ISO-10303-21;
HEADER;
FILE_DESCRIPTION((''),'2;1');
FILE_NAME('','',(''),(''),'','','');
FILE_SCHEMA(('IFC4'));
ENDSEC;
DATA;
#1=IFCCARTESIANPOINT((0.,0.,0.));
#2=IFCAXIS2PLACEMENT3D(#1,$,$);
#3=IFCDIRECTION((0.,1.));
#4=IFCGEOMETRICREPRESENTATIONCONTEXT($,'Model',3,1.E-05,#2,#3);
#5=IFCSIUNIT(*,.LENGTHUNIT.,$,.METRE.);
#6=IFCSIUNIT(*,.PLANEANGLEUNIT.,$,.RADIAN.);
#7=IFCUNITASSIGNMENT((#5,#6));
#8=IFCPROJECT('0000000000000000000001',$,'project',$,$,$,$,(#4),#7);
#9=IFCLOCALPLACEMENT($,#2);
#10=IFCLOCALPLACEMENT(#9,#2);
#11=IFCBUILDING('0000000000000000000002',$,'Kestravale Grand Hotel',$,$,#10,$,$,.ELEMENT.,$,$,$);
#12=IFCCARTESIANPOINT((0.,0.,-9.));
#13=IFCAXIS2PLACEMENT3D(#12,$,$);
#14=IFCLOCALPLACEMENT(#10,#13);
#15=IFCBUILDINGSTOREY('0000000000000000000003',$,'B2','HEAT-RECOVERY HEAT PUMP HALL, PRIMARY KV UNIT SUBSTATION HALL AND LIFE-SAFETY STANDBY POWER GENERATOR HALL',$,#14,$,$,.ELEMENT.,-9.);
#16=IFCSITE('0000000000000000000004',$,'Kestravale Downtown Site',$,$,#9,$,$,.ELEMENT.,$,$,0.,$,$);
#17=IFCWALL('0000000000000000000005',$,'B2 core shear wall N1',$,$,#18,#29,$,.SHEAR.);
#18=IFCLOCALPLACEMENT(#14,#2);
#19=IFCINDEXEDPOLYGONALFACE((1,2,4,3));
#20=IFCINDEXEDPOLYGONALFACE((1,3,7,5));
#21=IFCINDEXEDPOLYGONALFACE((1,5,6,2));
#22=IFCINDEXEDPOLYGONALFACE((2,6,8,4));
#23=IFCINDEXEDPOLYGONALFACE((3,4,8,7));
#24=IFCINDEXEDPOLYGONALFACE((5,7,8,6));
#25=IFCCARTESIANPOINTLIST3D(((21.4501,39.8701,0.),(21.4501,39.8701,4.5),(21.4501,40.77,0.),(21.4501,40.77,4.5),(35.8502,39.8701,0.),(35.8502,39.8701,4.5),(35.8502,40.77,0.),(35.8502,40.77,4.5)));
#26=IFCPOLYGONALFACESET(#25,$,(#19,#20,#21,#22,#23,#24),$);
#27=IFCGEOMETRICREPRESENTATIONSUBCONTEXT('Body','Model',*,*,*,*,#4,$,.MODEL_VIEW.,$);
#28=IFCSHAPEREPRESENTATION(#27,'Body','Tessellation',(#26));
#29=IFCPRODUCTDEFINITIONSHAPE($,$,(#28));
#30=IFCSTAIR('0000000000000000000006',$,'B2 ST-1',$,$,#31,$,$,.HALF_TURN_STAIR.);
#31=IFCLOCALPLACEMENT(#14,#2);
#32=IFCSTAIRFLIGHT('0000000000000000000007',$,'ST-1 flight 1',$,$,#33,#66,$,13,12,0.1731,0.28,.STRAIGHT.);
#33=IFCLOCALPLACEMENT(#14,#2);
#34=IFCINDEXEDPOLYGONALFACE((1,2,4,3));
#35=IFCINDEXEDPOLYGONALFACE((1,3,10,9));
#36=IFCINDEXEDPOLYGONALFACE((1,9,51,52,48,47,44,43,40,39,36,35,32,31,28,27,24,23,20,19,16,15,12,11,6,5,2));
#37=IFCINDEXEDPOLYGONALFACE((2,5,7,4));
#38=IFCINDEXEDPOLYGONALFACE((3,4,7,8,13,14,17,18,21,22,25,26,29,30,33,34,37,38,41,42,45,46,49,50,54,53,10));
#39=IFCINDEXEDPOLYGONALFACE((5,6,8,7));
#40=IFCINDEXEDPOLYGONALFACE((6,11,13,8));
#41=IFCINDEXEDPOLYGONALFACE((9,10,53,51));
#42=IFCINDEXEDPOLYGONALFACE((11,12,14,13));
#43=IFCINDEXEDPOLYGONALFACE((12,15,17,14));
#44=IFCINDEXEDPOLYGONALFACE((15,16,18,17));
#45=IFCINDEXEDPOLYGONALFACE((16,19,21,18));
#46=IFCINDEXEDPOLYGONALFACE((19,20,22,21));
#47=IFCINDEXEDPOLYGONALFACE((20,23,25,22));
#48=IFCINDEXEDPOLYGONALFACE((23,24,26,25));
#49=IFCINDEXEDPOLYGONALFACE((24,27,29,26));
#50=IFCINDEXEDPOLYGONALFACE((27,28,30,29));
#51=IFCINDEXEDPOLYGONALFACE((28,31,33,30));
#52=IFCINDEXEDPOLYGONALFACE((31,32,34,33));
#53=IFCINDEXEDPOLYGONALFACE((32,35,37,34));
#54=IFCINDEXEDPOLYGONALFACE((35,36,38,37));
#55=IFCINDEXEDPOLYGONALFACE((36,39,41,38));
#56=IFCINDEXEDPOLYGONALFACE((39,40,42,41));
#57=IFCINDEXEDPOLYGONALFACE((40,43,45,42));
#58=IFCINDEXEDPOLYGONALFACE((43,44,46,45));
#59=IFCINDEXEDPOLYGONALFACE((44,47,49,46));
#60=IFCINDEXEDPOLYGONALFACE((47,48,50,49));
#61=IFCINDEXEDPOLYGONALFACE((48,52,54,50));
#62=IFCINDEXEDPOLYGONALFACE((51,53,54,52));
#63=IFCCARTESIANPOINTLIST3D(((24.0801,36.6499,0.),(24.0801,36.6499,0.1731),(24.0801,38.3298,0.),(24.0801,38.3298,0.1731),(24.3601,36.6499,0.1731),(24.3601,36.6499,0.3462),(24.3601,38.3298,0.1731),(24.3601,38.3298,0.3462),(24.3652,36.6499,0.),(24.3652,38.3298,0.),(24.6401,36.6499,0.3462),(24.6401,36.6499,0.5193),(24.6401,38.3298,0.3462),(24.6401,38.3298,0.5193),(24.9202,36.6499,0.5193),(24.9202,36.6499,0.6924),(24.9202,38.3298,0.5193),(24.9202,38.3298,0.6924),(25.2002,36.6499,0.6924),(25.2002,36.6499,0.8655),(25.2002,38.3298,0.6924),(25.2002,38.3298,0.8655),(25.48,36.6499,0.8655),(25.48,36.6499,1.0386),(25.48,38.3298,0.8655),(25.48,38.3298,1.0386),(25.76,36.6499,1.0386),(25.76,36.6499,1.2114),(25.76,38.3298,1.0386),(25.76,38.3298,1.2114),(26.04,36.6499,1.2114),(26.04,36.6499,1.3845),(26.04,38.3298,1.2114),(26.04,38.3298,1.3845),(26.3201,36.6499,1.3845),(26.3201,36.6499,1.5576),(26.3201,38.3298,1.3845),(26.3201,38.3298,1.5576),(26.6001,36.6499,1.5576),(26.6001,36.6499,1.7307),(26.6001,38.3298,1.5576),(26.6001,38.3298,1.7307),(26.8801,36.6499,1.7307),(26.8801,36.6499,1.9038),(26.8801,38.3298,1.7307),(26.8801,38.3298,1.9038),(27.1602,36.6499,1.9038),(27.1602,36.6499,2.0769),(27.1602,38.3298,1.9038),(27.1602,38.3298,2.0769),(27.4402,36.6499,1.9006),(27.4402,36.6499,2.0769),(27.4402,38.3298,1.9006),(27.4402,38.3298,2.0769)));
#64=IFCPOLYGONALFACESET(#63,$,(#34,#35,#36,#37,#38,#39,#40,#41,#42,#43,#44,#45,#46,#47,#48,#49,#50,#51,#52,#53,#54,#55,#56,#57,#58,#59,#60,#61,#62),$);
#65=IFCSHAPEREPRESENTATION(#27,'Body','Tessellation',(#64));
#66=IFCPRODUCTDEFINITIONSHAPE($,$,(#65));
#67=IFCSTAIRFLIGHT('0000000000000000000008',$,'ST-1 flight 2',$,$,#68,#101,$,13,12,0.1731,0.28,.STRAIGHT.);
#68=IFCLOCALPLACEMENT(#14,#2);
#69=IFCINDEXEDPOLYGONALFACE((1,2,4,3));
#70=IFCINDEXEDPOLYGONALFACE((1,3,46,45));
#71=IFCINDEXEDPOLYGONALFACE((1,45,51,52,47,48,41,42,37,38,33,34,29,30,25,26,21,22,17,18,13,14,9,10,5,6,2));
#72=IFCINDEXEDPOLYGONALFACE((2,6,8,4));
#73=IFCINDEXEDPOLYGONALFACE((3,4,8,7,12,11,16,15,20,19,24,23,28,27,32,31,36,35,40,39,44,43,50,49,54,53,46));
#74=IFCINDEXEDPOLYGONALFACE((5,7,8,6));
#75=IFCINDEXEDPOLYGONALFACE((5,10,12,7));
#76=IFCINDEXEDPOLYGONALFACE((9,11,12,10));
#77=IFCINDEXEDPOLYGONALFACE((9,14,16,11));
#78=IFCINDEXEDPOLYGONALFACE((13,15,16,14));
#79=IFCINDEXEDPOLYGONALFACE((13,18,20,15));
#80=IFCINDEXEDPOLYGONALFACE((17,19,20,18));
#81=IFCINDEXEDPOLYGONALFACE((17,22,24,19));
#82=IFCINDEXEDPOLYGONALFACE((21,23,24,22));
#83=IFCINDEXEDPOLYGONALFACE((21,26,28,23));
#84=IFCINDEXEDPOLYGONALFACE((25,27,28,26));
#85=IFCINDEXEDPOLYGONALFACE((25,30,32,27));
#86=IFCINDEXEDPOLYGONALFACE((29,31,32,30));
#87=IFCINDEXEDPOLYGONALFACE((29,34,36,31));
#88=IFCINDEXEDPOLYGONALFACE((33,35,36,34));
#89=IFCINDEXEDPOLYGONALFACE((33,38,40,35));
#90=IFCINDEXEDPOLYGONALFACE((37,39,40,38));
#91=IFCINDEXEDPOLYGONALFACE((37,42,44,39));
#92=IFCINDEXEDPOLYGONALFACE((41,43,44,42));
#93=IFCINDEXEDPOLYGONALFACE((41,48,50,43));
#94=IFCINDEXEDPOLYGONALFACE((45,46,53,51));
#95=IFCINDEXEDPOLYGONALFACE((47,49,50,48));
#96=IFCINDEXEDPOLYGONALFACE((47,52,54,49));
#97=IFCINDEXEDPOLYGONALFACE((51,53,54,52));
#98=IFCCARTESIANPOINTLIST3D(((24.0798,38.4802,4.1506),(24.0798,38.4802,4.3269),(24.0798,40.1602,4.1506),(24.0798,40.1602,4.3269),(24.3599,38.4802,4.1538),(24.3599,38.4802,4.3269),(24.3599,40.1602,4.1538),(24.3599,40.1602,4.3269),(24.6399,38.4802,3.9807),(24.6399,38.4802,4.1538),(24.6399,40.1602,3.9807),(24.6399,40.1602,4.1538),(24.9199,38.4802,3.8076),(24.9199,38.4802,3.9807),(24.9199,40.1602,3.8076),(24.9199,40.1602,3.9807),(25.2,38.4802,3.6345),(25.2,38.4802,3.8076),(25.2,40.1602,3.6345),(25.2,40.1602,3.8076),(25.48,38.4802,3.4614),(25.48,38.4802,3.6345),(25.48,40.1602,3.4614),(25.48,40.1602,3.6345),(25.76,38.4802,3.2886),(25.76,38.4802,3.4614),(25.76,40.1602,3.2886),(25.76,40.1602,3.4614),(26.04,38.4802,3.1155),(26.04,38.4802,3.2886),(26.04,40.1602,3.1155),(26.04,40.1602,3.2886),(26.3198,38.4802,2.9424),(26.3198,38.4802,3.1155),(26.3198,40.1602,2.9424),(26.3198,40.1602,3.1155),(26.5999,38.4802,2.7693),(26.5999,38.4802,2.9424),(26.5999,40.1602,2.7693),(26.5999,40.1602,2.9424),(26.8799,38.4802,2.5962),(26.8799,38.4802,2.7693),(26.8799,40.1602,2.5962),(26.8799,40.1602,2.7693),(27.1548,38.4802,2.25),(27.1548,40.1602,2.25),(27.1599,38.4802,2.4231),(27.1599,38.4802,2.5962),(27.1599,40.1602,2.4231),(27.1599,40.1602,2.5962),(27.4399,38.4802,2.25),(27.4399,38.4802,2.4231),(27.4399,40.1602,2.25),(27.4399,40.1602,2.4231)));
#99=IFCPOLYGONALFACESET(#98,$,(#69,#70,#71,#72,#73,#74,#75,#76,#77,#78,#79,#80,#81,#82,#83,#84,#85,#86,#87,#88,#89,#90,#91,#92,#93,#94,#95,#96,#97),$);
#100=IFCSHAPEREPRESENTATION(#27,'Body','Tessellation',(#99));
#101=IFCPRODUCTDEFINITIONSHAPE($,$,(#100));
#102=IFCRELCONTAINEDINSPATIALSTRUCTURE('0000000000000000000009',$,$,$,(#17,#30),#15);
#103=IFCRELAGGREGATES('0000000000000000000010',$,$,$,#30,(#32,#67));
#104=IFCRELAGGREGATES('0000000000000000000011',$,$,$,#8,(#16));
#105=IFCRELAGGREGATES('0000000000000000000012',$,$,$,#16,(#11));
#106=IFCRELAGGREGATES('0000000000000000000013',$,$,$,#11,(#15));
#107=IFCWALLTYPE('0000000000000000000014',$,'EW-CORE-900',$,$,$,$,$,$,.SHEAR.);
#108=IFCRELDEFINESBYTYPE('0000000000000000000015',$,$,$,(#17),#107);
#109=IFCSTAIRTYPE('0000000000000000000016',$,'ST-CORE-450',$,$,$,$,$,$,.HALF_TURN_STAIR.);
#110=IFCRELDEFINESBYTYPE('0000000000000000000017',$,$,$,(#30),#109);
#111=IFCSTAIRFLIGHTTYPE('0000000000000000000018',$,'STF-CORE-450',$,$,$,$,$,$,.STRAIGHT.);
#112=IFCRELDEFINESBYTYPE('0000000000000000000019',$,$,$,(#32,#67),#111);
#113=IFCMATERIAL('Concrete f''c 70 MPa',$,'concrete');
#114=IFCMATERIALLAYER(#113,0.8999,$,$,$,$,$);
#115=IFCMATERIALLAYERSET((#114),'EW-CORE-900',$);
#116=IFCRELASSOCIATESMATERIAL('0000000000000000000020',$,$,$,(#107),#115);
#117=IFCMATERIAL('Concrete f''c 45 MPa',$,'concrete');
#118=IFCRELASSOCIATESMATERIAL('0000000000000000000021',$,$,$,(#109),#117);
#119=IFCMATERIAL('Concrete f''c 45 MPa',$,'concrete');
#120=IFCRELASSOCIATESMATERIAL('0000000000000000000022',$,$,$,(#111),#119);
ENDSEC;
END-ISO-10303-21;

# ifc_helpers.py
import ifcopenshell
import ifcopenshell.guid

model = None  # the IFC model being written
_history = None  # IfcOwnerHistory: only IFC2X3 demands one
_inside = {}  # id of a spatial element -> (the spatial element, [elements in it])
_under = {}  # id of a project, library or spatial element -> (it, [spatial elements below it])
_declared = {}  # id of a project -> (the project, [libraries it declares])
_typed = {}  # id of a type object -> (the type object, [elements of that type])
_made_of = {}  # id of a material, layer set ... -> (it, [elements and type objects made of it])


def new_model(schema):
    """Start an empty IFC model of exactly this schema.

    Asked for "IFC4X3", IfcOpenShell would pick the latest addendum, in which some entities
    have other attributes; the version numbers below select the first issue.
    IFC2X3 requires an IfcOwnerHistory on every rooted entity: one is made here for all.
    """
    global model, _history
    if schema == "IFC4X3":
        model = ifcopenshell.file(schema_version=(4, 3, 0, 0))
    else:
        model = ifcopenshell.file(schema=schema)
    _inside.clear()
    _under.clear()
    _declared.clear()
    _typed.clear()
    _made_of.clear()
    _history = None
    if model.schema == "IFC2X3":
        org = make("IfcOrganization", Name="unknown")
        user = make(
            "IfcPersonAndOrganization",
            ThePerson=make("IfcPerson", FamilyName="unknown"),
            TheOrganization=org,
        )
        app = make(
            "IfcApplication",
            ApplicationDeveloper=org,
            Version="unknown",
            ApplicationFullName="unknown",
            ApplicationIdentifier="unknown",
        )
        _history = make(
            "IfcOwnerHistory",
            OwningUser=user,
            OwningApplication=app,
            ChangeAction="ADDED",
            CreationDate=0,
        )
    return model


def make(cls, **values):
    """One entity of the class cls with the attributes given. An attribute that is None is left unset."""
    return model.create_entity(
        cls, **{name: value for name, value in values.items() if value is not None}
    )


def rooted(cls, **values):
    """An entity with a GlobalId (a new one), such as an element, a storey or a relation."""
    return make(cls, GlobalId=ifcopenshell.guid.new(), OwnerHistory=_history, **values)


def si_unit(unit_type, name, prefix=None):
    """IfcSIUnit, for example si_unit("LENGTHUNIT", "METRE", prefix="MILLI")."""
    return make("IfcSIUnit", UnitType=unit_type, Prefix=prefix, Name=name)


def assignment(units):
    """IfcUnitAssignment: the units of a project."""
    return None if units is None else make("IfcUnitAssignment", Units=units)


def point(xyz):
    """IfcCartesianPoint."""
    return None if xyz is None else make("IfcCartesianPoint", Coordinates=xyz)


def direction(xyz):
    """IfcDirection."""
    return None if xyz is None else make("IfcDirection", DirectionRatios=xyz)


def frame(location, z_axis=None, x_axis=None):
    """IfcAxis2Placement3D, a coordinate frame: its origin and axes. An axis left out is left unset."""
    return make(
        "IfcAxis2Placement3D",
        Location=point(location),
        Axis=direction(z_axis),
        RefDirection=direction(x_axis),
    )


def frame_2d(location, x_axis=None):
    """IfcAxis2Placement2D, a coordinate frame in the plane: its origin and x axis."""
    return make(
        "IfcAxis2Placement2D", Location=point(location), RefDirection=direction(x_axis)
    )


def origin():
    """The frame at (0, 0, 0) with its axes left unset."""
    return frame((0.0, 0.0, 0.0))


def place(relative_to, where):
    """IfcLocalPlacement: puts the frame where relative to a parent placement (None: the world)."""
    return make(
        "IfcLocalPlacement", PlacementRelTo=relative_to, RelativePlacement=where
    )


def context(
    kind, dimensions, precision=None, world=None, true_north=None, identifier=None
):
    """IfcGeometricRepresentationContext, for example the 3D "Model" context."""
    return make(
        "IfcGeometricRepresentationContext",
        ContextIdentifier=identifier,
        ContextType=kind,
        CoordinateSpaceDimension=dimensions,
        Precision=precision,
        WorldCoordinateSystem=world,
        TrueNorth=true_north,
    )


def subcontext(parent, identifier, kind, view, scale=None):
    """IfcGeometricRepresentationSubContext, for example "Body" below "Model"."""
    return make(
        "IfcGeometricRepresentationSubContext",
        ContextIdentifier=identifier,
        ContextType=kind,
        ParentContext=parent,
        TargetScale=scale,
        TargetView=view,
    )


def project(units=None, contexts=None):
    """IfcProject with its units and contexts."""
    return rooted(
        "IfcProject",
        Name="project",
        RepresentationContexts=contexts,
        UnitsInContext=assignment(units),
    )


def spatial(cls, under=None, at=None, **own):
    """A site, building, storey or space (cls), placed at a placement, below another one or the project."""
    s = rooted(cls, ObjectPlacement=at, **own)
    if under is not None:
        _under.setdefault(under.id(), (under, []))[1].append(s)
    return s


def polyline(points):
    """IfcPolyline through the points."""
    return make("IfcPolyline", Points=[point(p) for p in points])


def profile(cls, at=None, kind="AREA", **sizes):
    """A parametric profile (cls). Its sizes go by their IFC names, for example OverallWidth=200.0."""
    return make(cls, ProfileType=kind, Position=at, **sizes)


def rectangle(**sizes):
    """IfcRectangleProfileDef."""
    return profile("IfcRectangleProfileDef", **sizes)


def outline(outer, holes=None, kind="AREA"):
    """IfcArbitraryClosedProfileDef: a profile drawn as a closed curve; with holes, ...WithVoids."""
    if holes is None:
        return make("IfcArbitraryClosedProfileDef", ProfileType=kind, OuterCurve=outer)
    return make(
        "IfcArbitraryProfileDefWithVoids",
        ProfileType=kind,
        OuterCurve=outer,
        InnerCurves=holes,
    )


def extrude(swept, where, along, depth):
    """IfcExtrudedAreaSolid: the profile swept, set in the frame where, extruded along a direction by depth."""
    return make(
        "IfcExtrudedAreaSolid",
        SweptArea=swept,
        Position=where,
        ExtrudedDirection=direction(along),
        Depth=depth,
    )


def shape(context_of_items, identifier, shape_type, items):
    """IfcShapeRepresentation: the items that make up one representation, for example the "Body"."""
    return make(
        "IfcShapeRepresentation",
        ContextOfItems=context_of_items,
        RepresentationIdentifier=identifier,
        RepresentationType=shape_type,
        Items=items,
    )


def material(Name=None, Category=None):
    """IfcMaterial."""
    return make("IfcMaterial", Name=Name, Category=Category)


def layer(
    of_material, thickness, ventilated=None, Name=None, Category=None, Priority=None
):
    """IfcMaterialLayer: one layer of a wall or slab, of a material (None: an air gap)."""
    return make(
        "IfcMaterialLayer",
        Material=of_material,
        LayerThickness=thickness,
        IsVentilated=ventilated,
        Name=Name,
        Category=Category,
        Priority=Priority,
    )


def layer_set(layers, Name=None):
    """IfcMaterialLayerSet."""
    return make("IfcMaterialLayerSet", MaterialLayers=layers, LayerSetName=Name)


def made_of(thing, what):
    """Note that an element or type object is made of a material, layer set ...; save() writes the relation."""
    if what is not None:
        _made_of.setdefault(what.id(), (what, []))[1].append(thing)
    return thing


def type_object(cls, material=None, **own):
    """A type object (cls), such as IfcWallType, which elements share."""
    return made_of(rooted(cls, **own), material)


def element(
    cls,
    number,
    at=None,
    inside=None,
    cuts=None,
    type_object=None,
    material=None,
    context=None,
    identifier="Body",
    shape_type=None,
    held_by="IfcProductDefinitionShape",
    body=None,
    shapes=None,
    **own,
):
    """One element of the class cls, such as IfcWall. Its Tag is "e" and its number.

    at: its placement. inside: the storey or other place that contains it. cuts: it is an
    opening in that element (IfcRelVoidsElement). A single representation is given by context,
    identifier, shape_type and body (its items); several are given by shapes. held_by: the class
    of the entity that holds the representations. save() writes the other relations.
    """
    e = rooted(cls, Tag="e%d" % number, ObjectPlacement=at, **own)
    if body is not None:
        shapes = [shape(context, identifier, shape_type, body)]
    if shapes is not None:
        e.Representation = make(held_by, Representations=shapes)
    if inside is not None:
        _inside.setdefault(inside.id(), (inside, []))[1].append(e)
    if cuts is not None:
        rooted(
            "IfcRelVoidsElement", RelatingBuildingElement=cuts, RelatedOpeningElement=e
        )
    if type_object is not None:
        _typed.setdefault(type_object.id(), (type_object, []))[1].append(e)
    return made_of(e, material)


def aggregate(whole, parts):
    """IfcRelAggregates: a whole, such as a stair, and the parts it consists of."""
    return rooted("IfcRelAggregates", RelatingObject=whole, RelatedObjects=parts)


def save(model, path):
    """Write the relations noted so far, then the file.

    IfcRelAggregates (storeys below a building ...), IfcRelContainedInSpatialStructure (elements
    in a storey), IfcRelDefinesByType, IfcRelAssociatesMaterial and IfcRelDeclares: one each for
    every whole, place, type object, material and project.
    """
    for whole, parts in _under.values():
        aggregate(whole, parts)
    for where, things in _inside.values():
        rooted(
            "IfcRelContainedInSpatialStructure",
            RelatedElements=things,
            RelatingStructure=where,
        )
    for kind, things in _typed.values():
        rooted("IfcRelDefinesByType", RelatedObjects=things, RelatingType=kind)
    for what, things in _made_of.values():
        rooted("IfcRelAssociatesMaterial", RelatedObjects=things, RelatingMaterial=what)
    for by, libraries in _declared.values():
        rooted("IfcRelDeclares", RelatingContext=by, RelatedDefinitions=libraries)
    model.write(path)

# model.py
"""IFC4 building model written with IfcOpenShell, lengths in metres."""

from ifc_helpers import new_model, si_unit, direction, frame, frame_2d, origin, place, context, subcontext, project, spatial, polyline, rectangle, outline, extrude, material, layer, layer_set, type_object, element, aggregate, save


model = new_model("IFC4")

# Units and contexts
model_context = context("Model", 3, precision=1e-05, world=origin(), true_north=direction((0.0, 1.0)))
body_context = subcontext(model_context, "Body", "Model", "MODEL_VIEW")
ifc_project = project(units=[si_unit("LENGTHUNIT", "METRE"), si_unit("PLANEANGLEUNIT", "RADIAN")], contexts=[model_context])

# Site, building, storey
site_placement = place(None, origin())
site = spatial("IfcSite", under=ifc_project, at=site_placement, Name="Kestravale Downtown Site", CompositionType="ELEMENT", RefElevation=0.0)
building_placement = place(site_placement, origin())
building = spatial("IfcBuilding", under=site, at=building_placement, Name="Kestravale Grand Hotel", CompositionType="ELEMENT")
storey_placement = place(building_placement, frame((0.0, 0.0, -9.0)))
storey = spatial("IfcBuildingStorey", under=building, at=storey_placement, Name="B2", Description="HEAT-RECOVERY HEAT PUMP HALL, PRIMARY KV UNIT SUBSTATION HALL AND LIFE-SAFETY STANDBY POWER GENERATOR HALL", CompositionType="ELEMENT", Elevation=-9.0)

# Wall
ifc_material_1 = material(Name="Concrete f'c 70 MPa", Category="concrete")
ifc_layer = layer(ifc_material_1, 0.8999)
ifc_layer_set = layer_set([ifc_layer], Name="EW-CORE-900")
wall_type = type_object("IfcWallType", Name="EW-CORE-900", PredefinedType="SHEAR", material=ifc_layer_set)
wall_placement = place(storey_placement, frame((21.45, 40.3201, 0.0), z_axis=(0.0, 0.0, 1.0), x_axis=(1.0, 0.0, 0.0)))
element("IfcWall", 1, at=wall_placement, inside=storey, type_object=wall_type, Name="B2 core shear wall N1", PredefinedType="SHEAR", context=body_context, shape_type="SweptSolid", body=[
    extrude(rectangle(XDim=14.4001, YDim=0.8999, at=frame_2d((7.2002, 0.0))), origin(), (0.0, 0.0, 1.0), 4.5),
])

# Stair, stair flights
ifc_material_2 = material(Name="Concrete f'c 45 MPa", Category="concrete")
stair_type = type_object("IfcStairType", Name="ST-CORE-450", PredefinedType="HALF_TURN_STAIR", material=ifc_material_2)
stair_placement = place(storey_placement, origin())
stair = element("IfcStair", 2, at=stair_placement, inside=storey, type_object=stair_type, Name="B2 ST-1", PredefinedType="HALF_TURN_STAIR")
ifc_material_3 = material(Name="Concrete f'c 45 MPa", Category="concrete")
stair_flight_type = type_object("IfcStairFlightType", Name="STF-CORE-450", PredefinedType="STRAIGHT", material=ifc_material_3)
stair_flight_1_placement = place(storey_placement, frame((24.0801, 37.49, 0.0), z_axis=(0.0, 0.0, 1.0), x_axis=(1.0, 0.0, 0.0)))
stair_flight_1 = element("IfcStairFlight", 3, at=stair_flight_1_placement, type_object=stair_flight_type, Name="ST-1 flight 1", NumberOfRisers=13, NumberOfTreads=12, PredefinedType="STRAIGHT", RiserHeight=0.1731, TreadLength=0.28, context=body_context, shape_type="SweptSolid", body=[
    extrude(outline(polyline([(0.0, 0.0), (0.0, 0.1731), (0.28, 0.1731), (0.28, 0.3462), (0.5601, 0.3462), (0.5601, 0.5193), (0.8401, 0.5193), (0.8401, 0.6924), (1.1201, 0.6924), (1.1201, 0.8655), (1.3999, 0.8655), (1.3999, 1.0386), (1.6799, 1.0386), (1.6799, 1.2114), (1.96, 1.2114), (1.96, 1.3845), (2.24, 1.3845), (2.24, 1.5576), (2.52, 1.5576), (2.52, 1.7307), (2.8, 1.7307), (2.8, 1.9038), (3.0801, 1.9038), (3.0801, 2.0769), (3.3601, 2.0769), (3.3601, 2.25), (3.3601, 1.9006), (0.2852, 0.0), (0.0, 0.0)])), frame((0.0, 0.8398, 0.0), z_axis=(0.0, -1.0, 0.0), x_axis=(1.0, 0.0, 0.0)), (0.0, 0.0, 1.0), 1.6799),
])
stair_flight_2_placement = place(storey_placement, frame((27.4399, 39.3201, 2.25), z_axis=(0.0, 0.0, 1.0), x_axis=(-1.0, 0.0, 0.0)))
stair_flight_2 = element("IfcStairFlight", 4, at=stair_flight_2_placement, type_object=stair_flight_type, Name="ST-1 flight 2", NumberOfRisers=13, NumberOfTreads=12, PredefinedType="STRAIGHT", RiserHeight=0.1731, TreadLength=0.28, context=body_context, shape_type="SweptSolid", body=[
    extrude(outline(polyline([(0.0, 0.0), (0.0, 0.1731), (0.28, 0.1731), (0.28, 0.3462), (0.5601, 0.3462), (0.5601, 0.5193), (0.8401, 0.5193), (0.8401, 0.6924), (1.1201, 0.6924), (1.1201, 0.8655), (1.3999, 0.8655), (1.3999, 1.0386), (1.6799, 1.0386), (1.6799, 1.2114), (1.96, 1.2114), (1.96, 1.3845), (2.24, 1.3845), (2.24, 1.5576), (2.52, 1.5576), (2.52, 1.7307), (2.8, 1.7307), (2.8, 1.9038), (3.0801, 1.9038), (3.0801, 2.0769), (3.3601, 2.0769), (3.3601, 2.25), (3.3601, 1.9006), (0.2852, 0.0), (0.0, 0.0)])), frame((0.0, 0.8398, 0.0), z_axis=(0.0, -1.0, 0.0), x_axis=(1.0, 0.0, 0.0)), (0.0, 0.0, 1.0), 1.6799),
])
aggregate(stair, [stair_flight_1, stair_flight_2])

save(model, "model.ifc")
